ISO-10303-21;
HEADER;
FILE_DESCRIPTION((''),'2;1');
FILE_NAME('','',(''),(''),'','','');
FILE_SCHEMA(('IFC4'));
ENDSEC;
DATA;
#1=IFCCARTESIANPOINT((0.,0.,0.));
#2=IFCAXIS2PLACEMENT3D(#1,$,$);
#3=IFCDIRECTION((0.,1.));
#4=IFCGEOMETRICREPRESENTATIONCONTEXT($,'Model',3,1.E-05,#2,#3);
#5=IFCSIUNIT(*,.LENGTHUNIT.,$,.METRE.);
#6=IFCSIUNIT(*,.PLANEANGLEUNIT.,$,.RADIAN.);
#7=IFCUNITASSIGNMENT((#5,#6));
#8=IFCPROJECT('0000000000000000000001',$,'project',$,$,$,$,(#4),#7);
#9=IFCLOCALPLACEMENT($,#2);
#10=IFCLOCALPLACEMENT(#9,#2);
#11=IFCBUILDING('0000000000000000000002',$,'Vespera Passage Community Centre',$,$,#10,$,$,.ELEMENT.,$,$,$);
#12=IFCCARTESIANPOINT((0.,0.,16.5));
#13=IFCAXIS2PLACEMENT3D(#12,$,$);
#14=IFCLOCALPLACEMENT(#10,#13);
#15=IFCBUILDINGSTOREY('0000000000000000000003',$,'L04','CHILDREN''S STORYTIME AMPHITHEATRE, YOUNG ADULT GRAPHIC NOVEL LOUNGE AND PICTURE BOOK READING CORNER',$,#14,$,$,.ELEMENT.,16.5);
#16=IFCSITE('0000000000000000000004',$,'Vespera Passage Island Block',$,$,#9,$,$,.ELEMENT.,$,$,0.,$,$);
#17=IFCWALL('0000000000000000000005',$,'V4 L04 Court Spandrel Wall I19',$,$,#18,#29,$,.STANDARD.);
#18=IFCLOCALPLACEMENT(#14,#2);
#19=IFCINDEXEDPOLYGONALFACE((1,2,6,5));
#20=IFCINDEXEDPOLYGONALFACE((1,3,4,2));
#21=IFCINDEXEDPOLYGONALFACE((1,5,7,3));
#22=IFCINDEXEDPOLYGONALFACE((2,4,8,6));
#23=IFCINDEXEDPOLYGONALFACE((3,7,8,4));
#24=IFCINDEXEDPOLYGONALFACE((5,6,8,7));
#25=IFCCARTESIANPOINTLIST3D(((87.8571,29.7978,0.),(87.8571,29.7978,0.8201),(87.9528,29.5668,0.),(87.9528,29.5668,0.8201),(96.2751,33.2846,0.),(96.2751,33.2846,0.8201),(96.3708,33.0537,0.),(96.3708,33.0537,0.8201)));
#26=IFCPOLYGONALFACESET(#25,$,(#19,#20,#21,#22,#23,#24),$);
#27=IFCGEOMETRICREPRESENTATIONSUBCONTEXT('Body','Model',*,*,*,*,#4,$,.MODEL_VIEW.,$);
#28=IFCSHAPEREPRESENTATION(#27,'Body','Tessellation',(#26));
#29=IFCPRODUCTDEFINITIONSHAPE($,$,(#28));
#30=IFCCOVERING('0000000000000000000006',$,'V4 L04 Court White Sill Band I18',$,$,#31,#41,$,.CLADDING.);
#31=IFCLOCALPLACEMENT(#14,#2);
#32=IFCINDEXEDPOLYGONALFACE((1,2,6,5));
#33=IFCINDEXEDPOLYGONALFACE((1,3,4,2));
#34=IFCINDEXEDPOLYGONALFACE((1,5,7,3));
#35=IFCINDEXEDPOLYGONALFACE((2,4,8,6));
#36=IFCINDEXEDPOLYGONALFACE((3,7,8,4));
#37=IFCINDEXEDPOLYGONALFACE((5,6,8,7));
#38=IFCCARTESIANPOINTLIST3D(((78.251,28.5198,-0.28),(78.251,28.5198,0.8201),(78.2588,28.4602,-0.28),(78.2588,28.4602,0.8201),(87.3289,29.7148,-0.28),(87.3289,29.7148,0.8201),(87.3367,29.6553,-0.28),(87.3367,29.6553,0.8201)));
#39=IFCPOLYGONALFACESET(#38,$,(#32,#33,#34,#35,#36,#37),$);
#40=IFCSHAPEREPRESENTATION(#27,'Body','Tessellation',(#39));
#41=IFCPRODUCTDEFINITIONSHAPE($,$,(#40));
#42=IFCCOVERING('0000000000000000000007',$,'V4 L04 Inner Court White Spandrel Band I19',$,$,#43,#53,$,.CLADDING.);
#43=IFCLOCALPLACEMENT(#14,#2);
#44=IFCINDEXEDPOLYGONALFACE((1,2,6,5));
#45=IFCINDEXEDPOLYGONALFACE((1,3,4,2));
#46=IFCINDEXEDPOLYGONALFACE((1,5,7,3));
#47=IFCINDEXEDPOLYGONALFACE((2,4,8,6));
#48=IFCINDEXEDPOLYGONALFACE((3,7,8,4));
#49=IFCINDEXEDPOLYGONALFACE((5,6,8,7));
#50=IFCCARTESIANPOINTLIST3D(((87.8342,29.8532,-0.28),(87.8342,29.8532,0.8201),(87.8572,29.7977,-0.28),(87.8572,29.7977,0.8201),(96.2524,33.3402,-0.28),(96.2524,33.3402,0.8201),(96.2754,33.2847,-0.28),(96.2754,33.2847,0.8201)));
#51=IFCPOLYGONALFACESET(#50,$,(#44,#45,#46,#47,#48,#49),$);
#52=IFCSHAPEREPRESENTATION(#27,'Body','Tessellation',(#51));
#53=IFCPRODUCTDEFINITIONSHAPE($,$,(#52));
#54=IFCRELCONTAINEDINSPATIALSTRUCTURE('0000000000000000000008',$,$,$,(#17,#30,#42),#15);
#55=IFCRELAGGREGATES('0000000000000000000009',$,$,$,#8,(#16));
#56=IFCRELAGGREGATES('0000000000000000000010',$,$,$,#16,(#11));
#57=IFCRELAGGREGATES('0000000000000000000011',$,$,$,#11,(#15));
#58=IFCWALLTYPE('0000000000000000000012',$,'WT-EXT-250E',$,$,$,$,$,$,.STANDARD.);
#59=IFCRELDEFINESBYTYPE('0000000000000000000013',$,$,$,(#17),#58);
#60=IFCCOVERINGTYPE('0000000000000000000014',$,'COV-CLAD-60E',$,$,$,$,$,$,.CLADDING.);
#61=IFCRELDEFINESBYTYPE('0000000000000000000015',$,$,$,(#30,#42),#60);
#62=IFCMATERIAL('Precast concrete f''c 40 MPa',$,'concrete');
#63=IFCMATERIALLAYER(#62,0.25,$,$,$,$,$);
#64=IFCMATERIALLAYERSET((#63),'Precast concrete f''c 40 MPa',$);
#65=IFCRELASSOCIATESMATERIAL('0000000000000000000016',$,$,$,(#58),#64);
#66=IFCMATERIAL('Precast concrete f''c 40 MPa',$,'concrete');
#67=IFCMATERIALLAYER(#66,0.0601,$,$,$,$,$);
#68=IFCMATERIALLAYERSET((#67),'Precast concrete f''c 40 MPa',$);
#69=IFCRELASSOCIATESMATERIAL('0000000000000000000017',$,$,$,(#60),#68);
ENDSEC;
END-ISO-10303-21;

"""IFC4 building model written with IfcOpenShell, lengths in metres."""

from ifc_helpers import new_model, si_unit, direction, frame, frame_2d, origin, place, context, subcontext, project, spatial, rectangle, extrude, material, layer, layer_set, type_object, element, save


model = new_model("IFC4")

# Units and contexts
model_context = context("Model", 3, precision=1e-05, world=origin(), true_north=direction((0.0, 1.0)))
body_context = subcontext(model_context, "Body", "Model", "MODEL_VIEW")
ifc_project = project(units=[si_unit("LENGTHUNIT", "METRE"), si_unit("PLANEANGLEUNIT", "RADIAN")], contexts=[model_context])

# Site, building, storey
site_placement = place(None, origin())
site = spatial("IfcSite", under=ifc_project, at=site_placement, Name="Vespera Passage Island Block", CompositionType="ELEMENT", RefElevation=0.0)
building_placement = place(site_placement, origin())
building = spatial("IfcBuilding", under=site, at=building_placement, Name="Vespera Passage Community Centre", CompositionType="ELEMENT")
storey_placement = place(building_placement, frame((0.0, 0.0, 16.5)))
storey = spatial("IfcBuildingStorey", under=building, at=storey_placement, Name="L04", Description="CHILDREN'S STORYTIME AMPHITHEATRE, YOUNG ADULT GRAPHIC NOVEL LOUNGE AND PICTURE BOOK READING CORNER", CompositionType="ELEMENT", Elevation=16.5)

# Shared definitions
ifc_material_1 = material(Name="Precast concrete f'c 40 MPa", Category="concrete")
ifc_layer_1 = layer(ifc_material_1, 0.25)
ifc_layer_set_1 = layer_set([ifc_layer_1], Name="Precast concrete f'c 40 MPa")
wall_type = type_object("IfcWallType", Name="WT-EXT-250E", PredefinedType="STANDARD", material=ifc_layer_set_1)

# Wall
wall_1_placement = place(storey_placement, frame((87.905, 29.6824, 0.0), z_axis=(0.0, 0.0, 1.0), x_axis=(0.92388, 0.382682, 0.0)))
element("IfcWall", 1, at=wall_1_placement, inside=storey, type_object=wall_type, Name="V4 L04 Court Spandrel Wall I19", PredefinedType="STANDARD", context=body_context, shape_type="SweptSolid", body=[
    extrude(rectangle(XDim=9.1116, YDim=0.25, at=frame_2d((4.5557, 0.0))), origin(), (0.0, 0.0, 1.0), 0.8201),
])

# Coverings
ifc_material_2 = material(Name="Precast concrete f'c 40 MPa", Category="concrete")
ifc_layer_2 = layer(ifc_material_2, 0.0601)
ifc_layer_set_2 = layer_set([ifc_layer_2], Name="Precast concrete f'c 40 MPa")
covering_type = type_object("IfcCoveringType", Name="COV-CLAD-60E", PredefinedType="CLADDING", material=ifc_layer_set_2)
covering_1_placement = place(storey_placement, frame((78.2549, 28.49, -0.28), z_axis=(0.0, 0.0, 1.0), x_axis=(0.991446, 0.13052, 0.0)))
element("IfcCovering", 2, at=covering_1_placement, inside=storey, type_object=covering_type, Name="V4 L04 Court White Sill Band I18", PredefinedType="CLADDING", context=body_context, shape_type="SweptSolid", body=[
    extrude(rectangle(XDim=9.1562, YDim=0.0601, at=frame_2d((4.5781, 0.0))), origin(), (0.0, 0.0, 1.0), 1.1001),
])
covering_2_placement = place(storey_placement, frame((87.8457, 29.8254, -0.28), z_axis=(0.0, 0.0, 1.0), x_axis=(0.923875, 0.382695, 0.0)))
element("IfcCovering", 3, at=covering_2_placement, inside=storey, type_object=covering_type, Name="V4 L04 Inner Court White Spandrel Band I19", PredefinedType="CLADDING", context=body_context, shape_type="SweptSolid", body=[
    extrude(rectangle(XDim=9.1118, YDim=0.0601, at=frame_2d((4.5559, 0.0))), origin(), (0.0, 0.0, 1.0), 1.1001),
])

save(model, "model.ifc")
